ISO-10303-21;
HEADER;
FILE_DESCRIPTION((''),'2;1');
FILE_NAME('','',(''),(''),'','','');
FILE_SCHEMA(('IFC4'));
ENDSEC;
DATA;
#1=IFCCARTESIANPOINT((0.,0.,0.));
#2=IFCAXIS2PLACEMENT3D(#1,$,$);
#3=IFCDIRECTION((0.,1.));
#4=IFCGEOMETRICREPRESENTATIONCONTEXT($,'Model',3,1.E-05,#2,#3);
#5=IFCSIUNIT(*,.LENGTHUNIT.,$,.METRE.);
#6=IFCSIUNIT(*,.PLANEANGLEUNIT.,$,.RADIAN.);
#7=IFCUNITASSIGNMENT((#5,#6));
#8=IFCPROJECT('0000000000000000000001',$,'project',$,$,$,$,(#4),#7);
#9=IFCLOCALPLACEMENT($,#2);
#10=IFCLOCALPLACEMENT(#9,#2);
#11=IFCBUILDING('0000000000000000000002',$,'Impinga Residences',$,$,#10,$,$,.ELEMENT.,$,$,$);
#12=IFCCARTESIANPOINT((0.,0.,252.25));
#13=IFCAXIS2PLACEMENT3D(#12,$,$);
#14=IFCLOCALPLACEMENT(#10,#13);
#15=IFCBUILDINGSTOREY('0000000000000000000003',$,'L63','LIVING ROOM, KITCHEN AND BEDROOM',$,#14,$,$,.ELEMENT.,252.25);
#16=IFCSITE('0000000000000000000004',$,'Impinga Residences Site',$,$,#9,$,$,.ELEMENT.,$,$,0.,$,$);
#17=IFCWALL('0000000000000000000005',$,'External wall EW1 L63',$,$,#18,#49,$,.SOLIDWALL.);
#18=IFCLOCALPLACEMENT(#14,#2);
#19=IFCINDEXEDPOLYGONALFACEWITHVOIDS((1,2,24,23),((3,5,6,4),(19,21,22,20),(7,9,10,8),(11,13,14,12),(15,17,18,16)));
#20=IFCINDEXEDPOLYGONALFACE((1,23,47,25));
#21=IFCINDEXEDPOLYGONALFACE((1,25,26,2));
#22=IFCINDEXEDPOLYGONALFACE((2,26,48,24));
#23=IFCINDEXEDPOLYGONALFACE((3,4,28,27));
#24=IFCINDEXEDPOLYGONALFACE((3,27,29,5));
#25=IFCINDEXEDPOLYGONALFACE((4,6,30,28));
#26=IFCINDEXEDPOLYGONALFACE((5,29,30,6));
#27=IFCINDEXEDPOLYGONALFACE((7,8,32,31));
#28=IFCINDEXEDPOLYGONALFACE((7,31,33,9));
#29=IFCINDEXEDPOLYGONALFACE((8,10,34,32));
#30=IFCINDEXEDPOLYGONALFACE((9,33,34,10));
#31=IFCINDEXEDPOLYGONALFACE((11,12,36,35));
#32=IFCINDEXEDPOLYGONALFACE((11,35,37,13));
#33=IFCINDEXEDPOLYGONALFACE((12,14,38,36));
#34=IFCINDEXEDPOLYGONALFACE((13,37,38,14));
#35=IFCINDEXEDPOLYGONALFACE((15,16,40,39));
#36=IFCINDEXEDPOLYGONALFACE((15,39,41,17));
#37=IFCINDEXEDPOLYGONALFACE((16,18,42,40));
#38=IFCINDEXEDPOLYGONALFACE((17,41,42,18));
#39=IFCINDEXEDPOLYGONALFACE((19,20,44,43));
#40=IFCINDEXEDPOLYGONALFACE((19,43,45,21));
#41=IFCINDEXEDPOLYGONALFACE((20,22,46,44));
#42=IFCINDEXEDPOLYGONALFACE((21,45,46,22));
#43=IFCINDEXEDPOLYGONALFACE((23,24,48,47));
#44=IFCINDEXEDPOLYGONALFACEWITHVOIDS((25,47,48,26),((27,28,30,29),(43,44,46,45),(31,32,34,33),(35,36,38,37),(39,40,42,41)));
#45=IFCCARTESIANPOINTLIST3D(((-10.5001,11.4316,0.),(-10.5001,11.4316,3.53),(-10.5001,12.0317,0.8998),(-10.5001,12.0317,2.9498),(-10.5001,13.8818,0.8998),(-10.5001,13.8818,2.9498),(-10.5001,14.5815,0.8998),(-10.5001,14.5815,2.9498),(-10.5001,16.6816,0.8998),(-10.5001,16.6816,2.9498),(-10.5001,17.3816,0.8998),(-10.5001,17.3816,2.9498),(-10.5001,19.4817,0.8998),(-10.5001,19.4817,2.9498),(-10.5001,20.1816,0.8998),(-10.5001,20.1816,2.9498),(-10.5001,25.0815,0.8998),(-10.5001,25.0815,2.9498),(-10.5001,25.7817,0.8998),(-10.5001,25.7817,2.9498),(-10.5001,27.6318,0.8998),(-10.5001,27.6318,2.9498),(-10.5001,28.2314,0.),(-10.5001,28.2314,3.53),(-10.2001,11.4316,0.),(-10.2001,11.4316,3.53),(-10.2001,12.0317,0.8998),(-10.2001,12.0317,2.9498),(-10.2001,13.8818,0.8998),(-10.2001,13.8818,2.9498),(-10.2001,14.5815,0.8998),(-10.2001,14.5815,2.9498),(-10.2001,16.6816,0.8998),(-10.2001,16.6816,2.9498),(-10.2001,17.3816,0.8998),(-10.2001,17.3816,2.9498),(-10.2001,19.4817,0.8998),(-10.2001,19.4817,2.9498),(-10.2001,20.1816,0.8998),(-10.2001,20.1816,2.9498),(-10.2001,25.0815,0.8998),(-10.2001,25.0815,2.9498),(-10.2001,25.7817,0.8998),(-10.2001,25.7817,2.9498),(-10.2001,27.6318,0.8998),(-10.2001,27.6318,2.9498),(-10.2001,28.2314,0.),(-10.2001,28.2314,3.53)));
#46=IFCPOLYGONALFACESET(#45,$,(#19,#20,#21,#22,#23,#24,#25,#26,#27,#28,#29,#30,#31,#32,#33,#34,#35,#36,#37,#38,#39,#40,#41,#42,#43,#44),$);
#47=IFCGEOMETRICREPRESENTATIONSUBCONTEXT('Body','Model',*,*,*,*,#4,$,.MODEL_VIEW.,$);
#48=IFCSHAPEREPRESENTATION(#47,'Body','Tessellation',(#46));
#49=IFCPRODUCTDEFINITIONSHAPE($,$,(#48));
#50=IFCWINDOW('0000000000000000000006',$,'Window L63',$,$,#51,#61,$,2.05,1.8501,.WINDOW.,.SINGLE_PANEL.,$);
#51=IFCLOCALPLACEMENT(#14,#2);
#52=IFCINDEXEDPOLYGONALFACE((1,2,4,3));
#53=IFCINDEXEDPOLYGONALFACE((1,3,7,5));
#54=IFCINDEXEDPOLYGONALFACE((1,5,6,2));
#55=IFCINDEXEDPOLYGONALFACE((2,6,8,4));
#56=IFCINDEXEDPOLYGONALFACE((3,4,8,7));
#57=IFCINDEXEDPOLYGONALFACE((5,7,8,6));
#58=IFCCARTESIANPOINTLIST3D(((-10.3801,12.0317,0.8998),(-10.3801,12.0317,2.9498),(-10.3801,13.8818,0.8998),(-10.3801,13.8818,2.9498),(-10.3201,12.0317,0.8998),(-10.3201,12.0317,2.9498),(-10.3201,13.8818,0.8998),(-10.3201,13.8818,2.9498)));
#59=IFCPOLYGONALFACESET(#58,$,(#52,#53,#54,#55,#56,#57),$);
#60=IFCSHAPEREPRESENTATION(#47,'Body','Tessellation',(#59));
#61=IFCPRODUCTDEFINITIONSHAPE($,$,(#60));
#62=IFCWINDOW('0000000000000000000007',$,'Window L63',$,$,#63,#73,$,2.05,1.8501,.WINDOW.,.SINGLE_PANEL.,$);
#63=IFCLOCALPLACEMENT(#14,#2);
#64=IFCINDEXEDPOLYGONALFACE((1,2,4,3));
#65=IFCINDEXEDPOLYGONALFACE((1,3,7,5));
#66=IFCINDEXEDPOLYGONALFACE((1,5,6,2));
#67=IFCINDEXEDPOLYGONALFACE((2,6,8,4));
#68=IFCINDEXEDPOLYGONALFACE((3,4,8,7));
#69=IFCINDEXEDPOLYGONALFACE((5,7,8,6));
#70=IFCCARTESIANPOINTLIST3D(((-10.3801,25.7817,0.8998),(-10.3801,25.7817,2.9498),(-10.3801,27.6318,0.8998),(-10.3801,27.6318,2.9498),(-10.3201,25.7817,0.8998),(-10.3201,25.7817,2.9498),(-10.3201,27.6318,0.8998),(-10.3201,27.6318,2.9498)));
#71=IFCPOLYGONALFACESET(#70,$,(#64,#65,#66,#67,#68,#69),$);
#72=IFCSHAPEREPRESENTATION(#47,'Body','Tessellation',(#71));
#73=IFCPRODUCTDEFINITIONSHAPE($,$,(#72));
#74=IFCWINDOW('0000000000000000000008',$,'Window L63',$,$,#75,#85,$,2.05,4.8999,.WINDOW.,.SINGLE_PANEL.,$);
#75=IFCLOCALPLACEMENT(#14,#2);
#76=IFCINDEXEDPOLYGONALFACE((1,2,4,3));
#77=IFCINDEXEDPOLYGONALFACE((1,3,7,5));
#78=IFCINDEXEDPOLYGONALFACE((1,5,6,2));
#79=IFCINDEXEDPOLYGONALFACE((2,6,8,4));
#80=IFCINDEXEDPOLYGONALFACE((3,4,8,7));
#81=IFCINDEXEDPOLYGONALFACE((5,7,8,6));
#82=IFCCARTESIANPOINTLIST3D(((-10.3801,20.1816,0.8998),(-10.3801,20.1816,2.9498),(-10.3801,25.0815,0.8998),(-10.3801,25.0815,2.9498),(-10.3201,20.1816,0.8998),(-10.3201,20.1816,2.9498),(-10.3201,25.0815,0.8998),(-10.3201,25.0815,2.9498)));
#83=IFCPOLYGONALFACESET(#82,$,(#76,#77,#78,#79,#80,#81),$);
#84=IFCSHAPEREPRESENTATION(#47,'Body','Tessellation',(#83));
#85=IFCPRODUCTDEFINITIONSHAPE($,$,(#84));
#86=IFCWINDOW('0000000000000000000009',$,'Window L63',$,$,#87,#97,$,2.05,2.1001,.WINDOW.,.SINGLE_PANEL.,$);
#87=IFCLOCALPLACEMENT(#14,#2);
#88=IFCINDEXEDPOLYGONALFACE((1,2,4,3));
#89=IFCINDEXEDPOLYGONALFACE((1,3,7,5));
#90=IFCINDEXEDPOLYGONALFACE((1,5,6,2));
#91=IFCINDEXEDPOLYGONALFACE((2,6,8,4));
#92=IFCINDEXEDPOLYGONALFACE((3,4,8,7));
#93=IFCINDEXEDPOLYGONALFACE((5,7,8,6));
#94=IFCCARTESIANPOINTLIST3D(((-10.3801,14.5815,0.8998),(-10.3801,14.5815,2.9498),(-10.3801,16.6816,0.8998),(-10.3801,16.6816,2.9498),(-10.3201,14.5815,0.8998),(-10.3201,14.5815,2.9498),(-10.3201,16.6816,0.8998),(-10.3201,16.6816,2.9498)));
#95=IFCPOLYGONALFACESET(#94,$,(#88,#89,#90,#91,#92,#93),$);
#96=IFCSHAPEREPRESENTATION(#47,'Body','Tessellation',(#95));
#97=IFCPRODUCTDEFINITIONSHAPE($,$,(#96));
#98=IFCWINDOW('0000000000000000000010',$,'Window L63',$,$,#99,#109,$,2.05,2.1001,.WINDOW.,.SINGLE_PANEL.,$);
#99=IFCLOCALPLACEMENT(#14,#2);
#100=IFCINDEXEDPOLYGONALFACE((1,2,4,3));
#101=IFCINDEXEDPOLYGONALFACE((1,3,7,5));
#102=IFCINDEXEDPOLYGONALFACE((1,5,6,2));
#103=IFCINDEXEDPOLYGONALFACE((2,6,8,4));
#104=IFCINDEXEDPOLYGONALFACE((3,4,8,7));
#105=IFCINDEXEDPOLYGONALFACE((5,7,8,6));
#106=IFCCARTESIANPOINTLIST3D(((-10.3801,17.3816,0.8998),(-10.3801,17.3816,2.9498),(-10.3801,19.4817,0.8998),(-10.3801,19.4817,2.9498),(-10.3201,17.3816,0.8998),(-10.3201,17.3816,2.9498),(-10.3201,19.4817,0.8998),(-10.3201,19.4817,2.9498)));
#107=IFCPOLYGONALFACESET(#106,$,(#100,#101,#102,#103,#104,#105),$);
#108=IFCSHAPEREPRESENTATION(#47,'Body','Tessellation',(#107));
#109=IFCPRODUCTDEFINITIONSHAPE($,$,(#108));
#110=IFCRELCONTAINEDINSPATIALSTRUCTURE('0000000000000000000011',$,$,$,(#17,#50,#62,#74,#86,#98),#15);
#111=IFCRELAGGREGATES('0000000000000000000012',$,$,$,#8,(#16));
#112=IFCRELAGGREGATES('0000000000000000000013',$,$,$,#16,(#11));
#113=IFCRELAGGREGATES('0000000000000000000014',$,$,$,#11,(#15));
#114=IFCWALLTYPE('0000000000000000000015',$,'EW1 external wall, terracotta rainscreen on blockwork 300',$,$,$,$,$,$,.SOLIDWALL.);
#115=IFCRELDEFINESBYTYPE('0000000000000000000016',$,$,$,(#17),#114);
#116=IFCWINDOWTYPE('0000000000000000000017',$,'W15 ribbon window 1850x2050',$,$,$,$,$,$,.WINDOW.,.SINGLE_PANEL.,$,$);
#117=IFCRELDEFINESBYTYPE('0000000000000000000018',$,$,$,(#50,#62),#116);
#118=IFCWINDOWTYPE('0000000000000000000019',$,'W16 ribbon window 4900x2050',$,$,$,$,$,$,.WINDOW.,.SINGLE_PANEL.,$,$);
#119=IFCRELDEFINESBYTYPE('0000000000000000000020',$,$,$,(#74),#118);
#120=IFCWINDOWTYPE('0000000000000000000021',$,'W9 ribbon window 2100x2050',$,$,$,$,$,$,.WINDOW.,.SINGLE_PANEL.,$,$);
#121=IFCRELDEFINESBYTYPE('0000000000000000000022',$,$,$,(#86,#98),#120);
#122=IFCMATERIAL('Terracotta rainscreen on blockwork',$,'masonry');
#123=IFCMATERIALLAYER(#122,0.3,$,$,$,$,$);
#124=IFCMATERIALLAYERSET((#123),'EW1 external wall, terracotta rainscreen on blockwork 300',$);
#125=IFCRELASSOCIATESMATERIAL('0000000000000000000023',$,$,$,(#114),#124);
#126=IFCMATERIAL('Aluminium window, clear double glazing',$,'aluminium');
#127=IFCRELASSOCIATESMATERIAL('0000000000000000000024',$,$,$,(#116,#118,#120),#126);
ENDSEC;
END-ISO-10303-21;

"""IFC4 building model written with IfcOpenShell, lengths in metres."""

from ifc_helpers import new_model, si_unit, direction, frame, frame_2d, origin, place, context, subcontext, project, spatial, rectangle, extrude, material, layer, layer_set, type_object, element, fill, save


model = new_model("IFC4")

# Units and contexts
model_context = context("Model", 3, precision=1e-05, world=origin(), true_north=direction((0.0, 1.0)))
body_context = subcontext(model_context, "Body", "Model", "MODEL_VIEW")
ifc_project = project(units=[si_unit("LENGTHUNIT", "METRE"), si_unit("PLANEANGLEUNIT", "RADIAN")], contexts=[model_context])

# Site, building, storey
site_placement = place(None, origin())
site = spatial("IfcSite", under=ifc_project, at=site_placement, Name="Impinga Residences Site", CompositionType="ELEMENT", RefElevation=0.0)
building_placement = place(site_placement, origin())
building = spatial("IfcBuilding", under=site, at=building_placement, Name="Impinga Residences", CompositionType="ELEMENT")
storey_placement = place(building_placement, frame((0.0, 0.0, 252.25)))
storey = spatial("IfcBuildingStorey", under=building, at=storey_placement, Name="L63", Description="LIVING ROOM, KITCHEN AND BEDROOM", CompositionType="ELEMENT", Elevation=252.25)

# Wall, openings, windows
ifc_material_1 = material(Name="Terracotta rainscreen on blockwork", Category="masonry")
ifc_layer_1 = layer(ifc_material_1, 0.3)
ifc_layer_set_1 = layer_set([ifc_layer_1], Name="EW1 external wall, terracotta rainscreen on blockwork 300")
wall_type_1 = type_object("IfcWallType", Name="EW1 external wall, terracotta rainscreen on blockwork 300", PredefinedType="SOLIDWALL", material=ifc_layer_set_1)
wall_1_placement = place(storey_placement, frame((-10.3501, 11.4316, 0.0), z_axis=(0.0, 0.0, 1.0), x_axis=(0.0, 1.0, 0.0)))
wall_1 = element("IfcWall", 1, at=wall_1_placement, inside=storey, type_object=wall_type_1, Name="External wall EW1 L63", PredefinedType="SOLIDWALL", context=body_context, shape_type="SweptSolid", body=[
    extrude(rectangle(XDim=16.7998, YDim=0.3, at=frame_2d((8.3999, 0.0))), origin(), (0.0, 0.0, 1.0), 3.53),
])
opening_1_placement = place(wall_1_placement, frame((0.6001, 0.0, 0.8999)))
opening_1 = element("IfcOpeningElement", 2, at=opening_1_placement, cuts=wall_1, PredefinedType="OPENING", context=body_context, shape_type="SweptSolid", body=[
    extrude(rectangle(XDim=1.8501, YDim=2.05, at=frame_2d((0.925, 1.0249))), frame((0.0, 0.1599, 0.0), z_axis=(0.0, -1.0, 0.0), x_axis=(1.0, 0.0, 0.0)), (0.0, 0.0, 1.0), 0.3201),
])
opening_2_placement = place(wall_1_placement, frame((3.1499, 0.0, 0.8999)))
opening_2 = element("IfcOpeningElement", 3, at=opening_2_placement, cuts=wall_1, PredefinedType="OPENING", context=body_context, shape_type="SweptSolid", body=[
    extrude(rectangle(XDim=2.1001, YDim=2.05, at=frame_2d((1.05, 1.0249))), frame((0.0, 0.1599, 0.0), z_axis=(0.0, -1.0, 0.0), x_axis=(1.0, 0.0, 0.0)), (0.0, 0.0, 1.0), 0.3201),
])
opening_3_placement = place(wall_1_placement, frame((5.95, 0.0, 0.8999)))
opening_3 = element("IfcOpeningElement", 4, at=opening_3_placement, cuts=wall_1, PredefinedType="OPENING", context=body_context, shape_type="SweptSolid", body=[
    extrude(rectangle(XDim=2.1001, YDim=2.05, at=frame_2d((1.05, 1.0249))), frame((0.0, 0.1599, 0.0), z_axis=(0.0, -1.0, 0.0), x_axis=(1.0, 0.0, 0.0)), (0.0, 0.0, 1.0), 0.3201),
])
opening_4_placement = place(wall_1_placement, frame((8.75, 0.0, 0.8999)))
opening_4 = element("IfcOpeningElement", 5, at=opening_4_placement, cuts=wall_1, PredefinedType="OPENING", context=body_context, shape_type="SweptSolid", body=[
    extrude(rectangle(XDim=4.8999, YDim=2.05, at=frame_2d((2.45, 1.0249))), frame((0.0, 0.1599, 0.0), z_axis=(0.0, -1.0, 0.0), x_axis=(1.0, 0.0, 0.0)), (0.0, 0.0, 1.0), 0.3201),
])
opening_5_placement = place(wall_1_placement, frame((14.3501, 0.0, 0.8999)))
opening_5 = element("IfcOpeningElement", 6, at=opening_5_placement, cuts=wall_1, PredefinedType="OPENING", context=body_context, shape_type="SweptSolid", body=[
    extrude(rectangle(XDim=1.8501, YDim=2.05, at=frame_2d((0.925, 1.0249))), frame((0.0, 0.1599, 0.0), z_axis=(0.0, -1.0, 0.0), x_axis=(1.0, 0.0, 0.0)), (0.0, 0.0, 1.0), 0.3201),
])
ifc_material_2 = material(Name="Aluminium window, clear double glazing", Category="aluminium")
window_type_1 = type_object("IfcWindowType", Name="W15 ribbon window 1850x2050", PartitioningType="SINGLE_PANEL", PredefinedType="WINDOW", material=ifc_material_2)
window_1_placement = place(opening_1_placement, origin())
window_1 = element("IfcWindow", 7, at=window_1_placement, inside=storey, type_object=window_type_1, Name="Window L63", OverallHeight=2.05, OverallWidth=1.8501, PartitioningType="SINGLE_PANEL", PredefinedType="WINDOW", context=body_context, shape_type="SweptSolid", body=[
    extrude(rectangle(XDim=1.8501, YDim=2.05, at=frame_2d((0.925, 1.0249))), frame((0.0, 0.03, 0.0), z_axis=(0.0, -1.0, 0.0), x_axis=(1.0, 0.0, 0.0)), (0.0, 0.0, 1.0), 0.0601),
])
fill(opening_1, window_1)
window_2_placement = place(opening_5_placement, origin())
window_2 = element("IfcWindow", 8, at=window_2_placement, inside=storey, type_object=window_type_1, Name="Window L63", OverallHeight=2.05, OverallWidth=1.8501, PartitioningType="SINGLE_PANEL", PredefinedType="WINDOW", context=body_context, shape_type="SweptSolid", body=[
    extrude(rectangle(XDim=1.8501, YDim=2.05, at=frame_2d((0.925, 1.0249))), frame((0.0, 0.03, 0.0), z_axis=(0.0, -1.0, 0.0), x_axis=(1.0, 0.0, 0.0)), (0.0, 0.0, 1.0), 0.0601),
])
fill(opening_5, window_2)
window_type_2 = type_object("IfcWindowType", Name="W16 ribbon window 4900x2050", PartitioningType="SINGLE_PANEL", PredefinedType="WINDOW", material=ifc_material_2)
window_3_placement = place(opening_4_placement, origin())
window_3 = element("IfcWindow", 9, at=window_3_placement, inside=storey, type_object=window_type_2, Name="Window L63", OverallHeight=2.05, OverallWidth=4.8999, PartitioningType="SINGLE_PANEL", PredefinedType="WINDOW", context=body_context, shape_type="SweptSolid", body=[
    extrude(rectangle(XDim=4.8999, YDim=2.05, at=frame_2d((2.45, 1.0249))), frame((0.0, 0.03, 0.0), z_axis=(0.0, -1.0, 0.0), x_axis=(1.0, 0.0, 0.0)), (0.0, 0.0, 1.0), 0.0601),
])
fill(opening_4, window_3)
window_type_3 = type_object("IfcWindowType", Name="W9 ribbon window 2100x2050", PartitioningType="SINGLE_PANEL", PredefinedType="WINDOW", material=ifc_material_2)
window_4_placement = place(opening_2_placement, origin())
window_4 = element("IfcWindow", 10, at=window_4_placement, inside=storey, type_object=window_type_3, Name="Window L63", OverallHeight=2.05, OverallWidth=2.1001, PartitioningType="SINGLE_PANEL", PredefinedType="WINDOW", context=body_context, shape_type="SweptSolid", body=[
    extrude(rectangle(XDim=2.1001, YDim=2.05, at=frame_2d((1.05, 1.0249))), frame((0.0, 0.03, 0.0), z_axis=(0.0, -1.0, 0.0), x_axis=(1.0, 0.0, 0.0)), (0.0, 0.0, 1.0), 0.0601),
])
fill(opening_2, window_4)
window_5_placement = place(opening_3_placement, origin())
window_5 = element("IfcWindow", 11, at=window_5_placement, inside=storey, type_object=window_type_3, Name="Window L63", OverallHeight=2.05, OverallWidth=2.1001, PartitioningType="SINGLE_PANEL", PredefinedType="WINDOW", context=body_context, shape_type="SweptSolid", body=[
    extrude(rectangle(XDim=2.1001, YDim=2.05, at=frame_2d((1.05, 1.0249))), frame((0.0, 0.03, 0.0), z_axis=(0.0, -1.0, 0.0), x_axis=(1.0, 0.0, 0.0)), (0.0, 0.0, 1.0), 0.0601),
])
fill(opening_3, window_5)

save(model, "model.ifc")
